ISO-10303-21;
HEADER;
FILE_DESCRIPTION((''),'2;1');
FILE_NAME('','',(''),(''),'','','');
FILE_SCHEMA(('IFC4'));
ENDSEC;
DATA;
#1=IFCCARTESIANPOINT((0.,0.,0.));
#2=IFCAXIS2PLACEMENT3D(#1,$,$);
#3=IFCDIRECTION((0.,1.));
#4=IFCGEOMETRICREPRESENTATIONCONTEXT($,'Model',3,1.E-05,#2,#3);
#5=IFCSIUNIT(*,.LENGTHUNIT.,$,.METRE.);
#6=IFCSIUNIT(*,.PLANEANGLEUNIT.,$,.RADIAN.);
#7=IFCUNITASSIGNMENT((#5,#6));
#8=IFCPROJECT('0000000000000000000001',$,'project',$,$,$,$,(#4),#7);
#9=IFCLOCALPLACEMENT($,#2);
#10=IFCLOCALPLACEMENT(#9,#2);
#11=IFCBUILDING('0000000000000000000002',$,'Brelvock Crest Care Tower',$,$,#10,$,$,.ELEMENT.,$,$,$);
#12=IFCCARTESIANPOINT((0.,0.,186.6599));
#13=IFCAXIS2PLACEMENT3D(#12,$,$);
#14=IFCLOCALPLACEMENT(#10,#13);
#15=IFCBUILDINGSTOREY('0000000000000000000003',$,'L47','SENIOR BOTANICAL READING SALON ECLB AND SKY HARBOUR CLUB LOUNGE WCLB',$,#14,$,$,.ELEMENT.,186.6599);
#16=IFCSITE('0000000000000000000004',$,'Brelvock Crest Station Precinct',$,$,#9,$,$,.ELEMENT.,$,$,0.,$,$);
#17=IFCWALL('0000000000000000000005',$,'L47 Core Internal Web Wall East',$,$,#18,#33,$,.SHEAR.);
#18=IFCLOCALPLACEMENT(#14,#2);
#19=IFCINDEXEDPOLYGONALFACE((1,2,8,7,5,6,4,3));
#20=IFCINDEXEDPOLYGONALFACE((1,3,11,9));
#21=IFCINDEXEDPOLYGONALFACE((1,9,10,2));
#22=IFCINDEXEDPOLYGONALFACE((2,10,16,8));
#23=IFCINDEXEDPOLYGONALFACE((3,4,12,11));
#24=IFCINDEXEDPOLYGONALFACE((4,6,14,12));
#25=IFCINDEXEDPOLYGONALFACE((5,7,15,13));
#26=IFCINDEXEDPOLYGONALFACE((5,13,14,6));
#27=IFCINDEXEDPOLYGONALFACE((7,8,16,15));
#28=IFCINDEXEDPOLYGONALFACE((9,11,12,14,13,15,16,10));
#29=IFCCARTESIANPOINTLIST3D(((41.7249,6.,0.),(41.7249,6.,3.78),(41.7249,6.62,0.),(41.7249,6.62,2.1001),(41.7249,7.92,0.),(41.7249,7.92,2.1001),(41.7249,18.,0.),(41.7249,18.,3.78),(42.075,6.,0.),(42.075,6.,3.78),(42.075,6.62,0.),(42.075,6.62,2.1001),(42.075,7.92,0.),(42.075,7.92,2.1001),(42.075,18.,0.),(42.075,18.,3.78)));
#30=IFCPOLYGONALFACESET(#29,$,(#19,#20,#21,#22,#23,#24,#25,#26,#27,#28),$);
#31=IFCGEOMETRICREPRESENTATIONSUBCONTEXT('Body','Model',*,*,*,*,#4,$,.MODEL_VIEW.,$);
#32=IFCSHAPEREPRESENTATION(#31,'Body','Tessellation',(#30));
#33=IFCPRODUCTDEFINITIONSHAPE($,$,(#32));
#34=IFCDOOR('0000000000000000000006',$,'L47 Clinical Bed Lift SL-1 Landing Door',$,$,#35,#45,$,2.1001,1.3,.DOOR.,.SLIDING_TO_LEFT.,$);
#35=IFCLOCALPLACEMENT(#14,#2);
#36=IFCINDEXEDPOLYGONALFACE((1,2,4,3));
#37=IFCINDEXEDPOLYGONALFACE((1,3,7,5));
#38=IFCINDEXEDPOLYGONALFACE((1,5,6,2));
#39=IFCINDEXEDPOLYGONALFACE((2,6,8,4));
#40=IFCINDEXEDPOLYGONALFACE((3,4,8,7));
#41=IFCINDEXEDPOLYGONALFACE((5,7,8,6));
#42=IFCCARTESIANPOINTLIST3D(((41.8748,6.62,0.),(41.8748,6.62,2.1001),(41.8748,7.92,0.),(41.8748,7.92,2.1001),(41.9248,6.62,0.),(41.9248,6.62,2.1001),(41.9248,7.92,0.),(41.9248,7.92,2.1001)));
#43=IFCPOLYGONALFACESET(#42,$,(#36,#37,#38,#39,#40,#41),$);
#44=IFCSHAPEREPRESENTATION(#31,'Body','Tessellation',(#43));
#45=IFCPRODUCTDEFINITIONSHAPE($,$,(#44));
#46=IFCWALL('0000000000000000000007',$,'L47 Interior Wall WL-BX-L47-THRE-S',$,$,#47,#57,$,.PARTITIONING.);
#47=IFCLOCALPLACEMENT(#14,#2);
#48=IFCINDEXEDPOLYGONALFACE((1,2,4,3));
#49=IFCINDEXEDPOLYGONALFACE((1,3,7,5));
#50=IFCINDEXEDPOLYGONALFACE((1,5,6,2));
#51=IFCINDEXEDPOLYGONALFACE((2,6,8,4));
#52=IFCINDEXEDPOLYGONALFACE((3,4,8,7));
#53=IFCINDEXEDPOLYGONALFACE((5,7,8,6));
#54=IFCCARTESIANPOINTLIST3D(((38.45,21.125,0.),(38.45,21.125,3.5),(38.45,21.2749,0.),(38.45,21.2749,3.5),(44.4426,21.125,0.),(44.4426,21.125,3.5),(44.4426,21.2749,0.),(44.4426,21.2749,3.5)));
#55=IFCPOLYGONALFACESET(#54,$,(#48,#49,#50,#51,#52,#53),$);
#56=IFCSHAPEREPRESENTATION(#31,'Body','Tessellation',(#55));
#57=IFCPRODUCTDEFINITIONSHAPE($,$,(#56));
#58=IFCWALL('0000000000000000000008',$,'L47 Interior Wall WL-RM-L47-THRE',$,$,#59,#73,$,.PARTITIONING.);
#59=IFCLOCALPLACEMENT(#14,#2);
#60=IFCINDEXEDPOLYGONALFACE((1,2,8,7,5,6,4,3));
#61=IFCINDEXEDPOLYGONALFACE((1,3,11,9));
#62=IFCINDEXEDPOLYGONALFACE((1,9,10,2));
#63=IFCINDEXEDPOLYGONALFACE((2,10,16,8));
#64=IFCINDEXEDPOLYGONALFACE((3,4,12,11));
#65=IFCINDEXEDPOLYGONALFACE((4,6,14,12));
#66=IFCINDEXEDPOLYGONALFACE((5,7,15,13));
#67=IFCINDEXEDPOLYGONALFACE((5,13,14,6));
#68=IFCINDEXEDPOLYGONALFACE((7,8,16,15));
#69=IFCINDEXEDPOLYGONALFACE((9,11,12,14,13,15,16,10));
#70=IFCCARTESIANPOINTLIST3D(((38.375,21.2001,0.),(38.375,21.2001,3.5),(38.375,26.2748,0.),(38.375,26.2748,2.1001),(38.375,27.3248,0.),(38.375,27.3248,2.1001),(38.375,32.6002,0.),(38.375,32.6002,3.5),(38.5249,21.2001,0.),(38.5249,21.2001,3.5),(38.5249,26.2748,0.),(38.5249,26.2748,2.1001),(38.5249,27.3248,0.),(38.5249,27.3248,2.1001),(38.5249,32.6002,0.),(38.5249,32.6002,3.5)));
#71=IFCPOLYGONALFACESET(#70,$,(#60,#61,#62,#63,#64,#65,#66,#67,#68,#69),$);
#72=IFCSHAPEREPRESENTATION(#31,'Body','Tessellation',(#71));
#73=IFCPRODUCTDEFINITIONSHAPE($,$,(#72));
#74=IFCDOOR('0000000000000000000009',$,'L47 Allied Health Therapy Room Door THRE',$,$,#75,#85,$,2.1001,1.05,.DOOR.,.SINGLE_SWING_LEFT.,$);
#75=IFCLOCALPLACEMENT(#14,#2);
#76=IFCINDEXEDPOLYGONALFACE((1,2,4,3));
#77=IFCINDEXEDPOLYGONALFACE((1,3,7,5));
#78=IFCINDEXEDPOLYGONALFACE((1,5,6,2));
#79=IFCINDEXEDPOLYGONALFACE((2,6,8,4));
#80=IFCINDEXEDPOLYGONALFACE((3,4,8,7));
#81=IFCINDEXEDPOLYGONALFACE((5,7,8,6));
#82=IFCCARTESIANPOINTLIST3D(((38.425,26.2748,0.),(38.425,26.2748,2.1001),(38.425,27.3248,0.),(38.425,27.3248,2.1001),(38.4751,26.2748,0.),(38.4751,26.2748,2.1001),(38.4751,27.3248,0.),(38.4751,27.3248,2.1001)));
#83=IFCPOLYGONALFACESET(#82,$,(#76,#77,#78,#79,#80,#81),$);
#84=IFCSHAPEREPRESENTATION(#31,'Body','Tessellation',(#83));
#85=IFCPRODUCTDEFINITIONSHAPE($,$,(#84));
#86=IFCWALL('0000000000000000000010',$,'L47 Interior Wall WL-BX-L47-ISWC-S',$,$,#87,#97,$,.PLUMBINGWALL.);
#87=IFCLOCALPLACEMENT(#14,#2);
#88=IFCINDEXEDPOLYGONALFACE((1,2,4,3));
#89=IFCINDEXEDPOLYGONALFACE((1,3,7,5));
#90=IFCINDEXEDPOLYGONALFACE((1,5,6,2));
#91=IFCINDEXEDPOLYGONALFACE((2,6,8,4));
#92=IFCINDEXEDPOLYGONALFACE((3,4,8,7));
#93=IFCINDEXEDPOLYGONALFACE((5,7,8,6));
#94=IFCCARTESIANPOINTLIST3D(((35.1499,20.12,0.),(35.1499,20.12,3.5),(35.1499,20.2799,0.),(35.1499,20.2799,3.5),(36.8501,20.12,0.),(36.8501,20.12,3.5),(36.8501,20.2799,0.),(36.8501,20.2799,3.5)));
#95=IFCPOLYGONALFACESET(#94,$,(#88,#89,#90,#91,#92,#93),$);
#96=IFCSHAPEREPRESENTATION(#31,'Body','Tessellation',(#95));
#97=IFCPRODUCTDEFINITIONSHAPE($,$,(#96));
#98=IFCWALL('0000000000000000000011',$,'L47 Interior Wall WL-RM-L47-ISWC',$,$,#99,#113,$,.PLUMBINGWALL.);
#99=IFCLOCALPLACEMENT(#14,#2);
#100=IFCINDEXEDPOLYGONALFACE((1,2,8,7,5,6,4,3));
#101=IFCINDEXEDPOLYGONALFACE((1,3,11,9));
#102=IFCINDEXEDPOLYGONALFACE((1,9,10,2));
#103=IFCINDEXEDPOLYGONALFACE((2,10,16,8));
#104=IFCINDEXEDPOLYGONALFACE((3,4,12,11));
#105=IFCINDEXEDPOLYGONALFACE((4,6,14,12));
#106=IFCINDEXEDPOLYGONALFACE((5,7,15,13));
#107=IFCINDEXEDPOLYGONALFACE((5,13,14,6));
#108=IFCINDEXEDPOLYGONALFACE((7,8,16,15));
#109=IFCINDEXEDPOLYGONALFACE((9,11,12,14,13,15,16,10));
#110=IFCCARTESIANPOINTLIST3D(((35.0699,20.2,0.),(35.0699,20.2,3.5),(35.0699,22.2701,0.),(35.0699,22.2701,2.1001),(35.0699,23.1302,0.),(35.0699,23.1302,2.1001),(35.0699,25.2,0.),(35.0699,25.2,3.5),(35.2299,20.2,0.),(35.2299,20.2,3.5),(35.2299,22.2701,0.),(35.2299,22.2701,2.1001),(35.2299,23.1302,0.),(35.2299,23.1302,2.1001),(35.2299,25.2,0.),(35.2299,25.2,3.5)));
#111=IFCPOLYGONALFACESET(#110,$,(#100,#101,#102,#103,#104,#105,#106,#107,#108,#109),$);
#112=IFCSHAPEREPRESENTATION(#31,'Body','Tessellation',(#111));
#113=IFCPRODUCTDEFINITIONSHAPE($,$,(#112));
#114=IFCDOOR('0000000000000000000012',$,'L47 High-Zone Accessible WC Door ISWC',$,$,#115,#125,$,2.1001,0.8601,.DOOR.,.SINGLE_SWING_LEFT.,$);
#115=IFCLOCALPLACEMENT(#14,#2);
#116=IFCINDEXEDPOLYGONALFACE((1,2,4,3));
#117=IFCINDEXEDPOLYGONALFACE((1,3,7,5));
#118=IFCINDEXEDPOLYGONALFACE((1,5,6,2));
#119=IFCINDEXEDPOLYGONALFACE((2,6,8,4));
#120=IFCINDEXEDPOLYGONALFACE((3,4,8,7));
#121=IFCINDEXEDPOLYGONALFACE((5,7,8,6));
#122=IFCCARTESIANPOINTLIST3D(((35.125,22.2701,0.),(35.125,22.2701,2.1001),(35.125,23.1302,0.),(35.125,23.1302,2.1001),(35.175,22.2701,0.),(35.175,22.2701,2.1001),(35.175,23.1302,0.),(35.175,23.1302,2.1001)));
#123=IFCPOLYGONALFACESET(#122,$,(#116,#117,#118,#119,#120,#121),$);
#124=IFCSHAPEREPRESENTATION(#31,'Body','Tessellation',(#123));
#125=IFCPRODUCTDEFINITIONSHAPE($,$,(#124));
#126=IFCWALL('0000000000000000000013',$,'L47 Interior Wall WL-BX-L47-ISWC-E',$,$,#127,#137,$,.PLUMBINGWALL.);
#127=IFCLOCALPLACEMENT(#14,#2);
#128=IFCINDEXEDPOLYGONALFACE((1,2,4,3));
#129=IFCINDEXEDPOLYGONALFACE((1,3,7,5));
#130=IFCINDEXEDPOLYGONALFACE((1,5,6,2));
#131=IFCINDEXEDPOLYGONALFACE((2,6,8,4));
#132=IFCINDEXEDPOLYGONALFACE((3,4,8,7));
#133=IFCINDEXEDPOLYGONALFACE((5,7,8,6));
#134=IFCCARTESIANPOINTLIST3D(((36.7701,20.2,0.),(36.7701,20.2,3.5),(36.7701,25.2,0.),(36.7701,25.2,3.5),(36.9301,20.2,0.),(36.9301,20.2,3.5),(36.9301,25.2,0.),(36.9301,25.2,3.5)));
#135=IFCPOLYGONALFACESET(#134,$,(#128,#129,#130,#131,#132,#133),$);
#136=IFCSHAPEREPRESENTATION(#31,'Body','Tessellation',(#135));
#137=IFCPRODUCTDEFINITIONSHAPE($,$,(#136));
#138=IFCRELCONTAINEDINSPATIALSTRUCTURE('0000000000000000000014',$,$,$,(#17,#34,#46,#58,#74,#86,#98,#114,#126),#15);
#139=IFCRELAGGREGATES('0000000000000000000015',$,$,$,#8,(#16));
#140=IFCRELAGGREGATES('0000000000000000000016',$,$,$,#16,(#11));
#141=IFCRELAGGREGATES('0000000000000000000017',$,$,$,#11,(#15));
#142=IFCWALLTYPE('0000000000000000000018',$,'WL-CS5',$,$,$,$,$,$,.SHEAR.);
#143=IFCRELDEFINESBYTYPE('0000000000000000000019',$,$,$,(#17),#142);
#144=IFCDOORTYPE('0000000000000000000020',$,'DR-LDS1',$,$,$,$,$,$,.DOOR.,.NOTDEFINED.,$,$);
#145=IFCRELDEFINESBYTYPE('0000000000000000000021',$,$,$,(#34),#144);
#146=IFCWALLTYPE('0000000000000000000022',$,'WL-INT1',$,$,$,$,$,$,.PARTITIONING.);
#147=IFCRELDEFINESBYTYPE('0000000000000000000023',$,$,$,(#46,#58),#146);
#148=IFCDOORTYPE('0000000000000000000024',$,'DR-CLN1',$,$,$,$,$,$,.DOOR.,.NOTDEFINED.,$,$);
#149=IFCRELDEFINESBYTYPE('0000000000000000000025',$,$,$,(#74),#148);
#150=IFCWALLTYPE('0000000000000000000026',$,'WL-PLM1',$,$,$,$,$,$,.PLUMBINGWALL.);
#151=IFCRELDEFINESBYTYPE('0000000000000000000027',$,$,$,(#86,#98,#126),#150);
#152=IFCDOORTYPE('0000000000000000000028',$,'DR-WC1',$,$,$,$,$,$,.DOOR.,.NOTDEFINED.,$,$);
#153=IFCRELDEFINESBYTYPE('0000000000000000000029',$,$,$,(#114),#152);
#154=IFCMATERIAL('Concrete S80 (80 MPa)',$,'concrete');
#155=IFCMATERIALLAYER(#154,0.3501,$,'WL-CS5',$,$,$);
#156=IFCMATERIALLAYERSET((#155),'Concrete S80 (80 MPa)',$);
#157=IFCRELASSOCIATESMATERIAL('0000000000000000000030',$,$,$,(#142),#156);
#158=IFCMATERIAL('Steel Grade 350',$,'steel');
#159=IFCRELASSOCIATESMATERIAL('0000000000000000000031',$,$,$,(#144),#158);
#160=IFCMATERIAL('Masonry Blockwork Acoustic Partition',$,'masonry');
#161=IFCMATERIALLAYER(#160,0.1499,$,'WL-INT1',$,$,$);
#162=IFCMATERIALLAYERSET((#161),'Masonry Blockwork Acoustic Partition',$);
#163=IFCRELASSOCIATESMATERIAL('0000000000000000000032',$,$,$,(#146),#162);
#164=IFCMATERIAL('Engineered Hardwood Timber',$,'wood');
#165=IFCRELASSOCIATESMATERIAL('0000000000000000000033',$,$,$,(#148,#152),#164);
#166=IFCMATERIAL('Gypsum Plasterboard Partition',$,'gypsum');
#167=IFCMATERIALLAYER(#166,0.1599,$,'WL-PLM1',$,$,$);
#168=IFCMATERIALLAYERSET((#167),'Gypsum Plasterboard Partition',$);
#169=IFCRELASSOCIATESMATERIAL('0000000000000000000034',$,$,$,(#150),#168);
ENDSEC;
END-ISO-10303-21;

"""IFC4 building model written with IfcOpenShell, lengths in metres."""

from ifc_helpers import new_model, si_unit, direction, frame, frame_2d, origin, origin_2d, place, context, subcontext, project, spatial, rectangle, extrude, source, transform, mapped, material, layer, layer_set, type_object, element, fill, save


model = new_model("IFC4")

# Units and contexts
model_context = context("Model", 3, precision=1e-05, world=origin(), true_north=direction((0.0, 1.0)))
body_context = subcontext(model_context, "Body", "Model", "MODEL_VIEW")
ifc_project = project(units=[si_unit("LENGTHUNIT", "METRE"), si_unit("PLANEANGLEUNIT", "RADIAN")], contexts=[model_context])

# Site, building, storey
site_placement = place(None, origin())
site = spatial("IfcSite", under=ifc_project, at=site_placement, Name="Brelvock Crest Station Precinct", CompositionType="ELEMENT", RefElevation=0.0)
building_placement = place(site_placement, origin())
building = spatial("IfcBuilding", under=site, at=building_placement, Name="Brelvock Crest Care Tower", CompositionType="ELEMENT")
storey_placement = place(building_placement, frame((0.0, 0.0, 186.6599)))
storey = spatial("IfcBuildingStorey", under=building, at=storey_placement, Name="L47", Description="SENIOR BOTANICAL READING SALON ECLB AND SKY HARBOUR CLUB LOUNGE WCLB", CompositionType="ELEMENT", Elevation=186.6599)

# Shared definitions
ifc_material_1 = material(Name="Steel Grade 350", Category="steel")

# Wall, opening, door
ifc_material_2 = material(Name="Concrete S80 (80 MPa)", Category="concrete")
ifc_layer_1 = layer(ifc_material_2, 0.3501, Name="WL-CS5")
ifc_layer_set_1 = layer_set([ifc_layer_1], Name="Concrete S80 (80 MPa)")
wall_type_1 = type_object("IfcWallType", Name="WL-CS5", PredefinedType="SHEAR", material=ifc_layer_set_1)
wall_1_placement = place(storey_placement, frame((41.8999, 18.0, 0.0), z_axis=(0.0, 0.0, 1.0), x_axis=(0.0, -1.0, 0.0)))
wall_1 = element("IfcWall", 1, at=wall_1_placement, inside=storey, type_object=wall_type_1, Name="L47 Core Internal Web Wall East", PredefinedType="SHEAR", context=body_context, shape_type="SweptSolid", body=[
    extrude(rectangle(XDim=12.0, YDim=0.3501, at=frame_2d((6.0, 0.0))), origin(), (0.0, 0.0, 1.0), 3.78),
])
opening_1_placement = place(wall_1_placement, frame((10.0801, 0.0, 0.0)))
opening_1 = element("IfcOpeningElement", 2, at=opening_1_placement, cuts=wall_1, PredefinedType="OPENING", context=body_context, shape_type="SweptSolid", body=[
    extrude(rectangle(XDim=1.3, YDim=2.1001, at=origin_2d()), frame((0.6499, 0.1851, 1.05), z_axis=(0.0, -1.0, 0.0), x_axis=(1.0, 0.0, 0.0)), (0.0, 0.0, 1.0), 0.3701),
])
door_type_1 = type_object("IfcDoorType", Name="DR-LDS1", OperationType="NOTDEFINED", PredefinedType="DOOR", material=ifc_material_1)
shared_shape_1 = source(origin(), body_context, "Body", "SweptSolid", [
    extrude(rectangle(XDim=1.3, YDim=2.1001, at=origin_2d()), frame((0.6499, 0.0249, 1.05), z_axis=(0.0, -1.0, 0.0), x_axis=(1.0, 0.0, 0.0)), (0.0, 0.0, 1.0), 0.05),
])
door_1_placement = place(opening_1_placement, origin())
door_1 = element("IfcDoor", 3, at=door_1_placement, inside=storey, type_object=door_type_1, Name="L47 Clinical Bed Lift SL-1 Landing Door", OperationType="SLIDING_TO_LEFT", OverallHeight=2.1001, OverallWidth=1.3, PredefinedType="DOOR", context=body_context, shape_type="MappedRepresentation", body=[
    mapped(shared_shape_1, transform((0.0, 0.0, 0.0), x_axis=(1.0, 0.0, 0.0), y_axis=(0.0, 1.0, 0.0), z_axis=(0.0, 0.0, 1.0), scale=1.0)),
])
fill(opening_1, door_1)

# Wall
ifc_material_3 = material(Name="Masonry Blockwork Acoustic Partition", Category="masonry")
ifc_layer_2 = layer(ifc_material_3, 0.1499, Name="WL-INT1")
ifc_layer_set_2 = layer_set([ifc_layer_2], Name="Masonry Blockwork Acoustic Partition")
wall_type_2 = type_object("IfcWallType", Name="WL-INT1", PredefinedType="PARTITIONING", material=ifc_layer_set_2)
wall_2_placement = place(storey_placement, frame((38.45, 21.2, 0.0), z_axis=(0.0, 0.0, 1.0), x_axis=(1.0, 0.0, 0.0)))
element("IfcWall", 4, at=wall_2_placement, inside=storey, type_object=wall_type_2, Name="L47 Interior Wall WL-BX-L47-THRE-S", PredefinedType="PARTITIONING", context=body_context, shape_type="SweptSolid", body=[
    extrude(rectangle(XDim=5.9927, YDim=0.1499, at=frame_2d((2.9963, 0.0))), origin(), (0.0, 0.0, 1.0), 3.5),
])

# Wall, opening, door
wall_3_placement = place(storey_placement, frame((38.45, 21.2, 0.0), z_axis=(0.0, 0.0, 1.0), x_axis=(0.0, 1.0, 0.0)))
wall_3 = element("IfcWall", 5, at=wall_3_placement, inside=storey, type_object=wall_type_2, Name="L47 Interior Wall WL-RM-L47-THRE", PredefinedType="PARTITIONING", context=body_context, shape_type="SweptSolid", body=[
    extrude(rectangle(XDim=11.4001, YDim=0.1499, at=frame_2d((5.7002, 0.0))), origin(), (0.0, 0.0, 1.0), 3.5),
])
opening_2_placement = place(wall_3_placement, frame((5.075, 0.0, 0.0)))
opening_2 = element("IfcOpeningElement", 6, at=opening_2_placement, cuts=wall_3, PredefinedType="OPENING", context=body_context, shape_type="SweptSolid", body=[
    extrude(rectangle(XDim=1.05, YDim=2.1001, at=origin_2d()), frame((0.5249, 0.085, 1.05), z_axis=(0.0, -1.0, 0.0), x_axis=(1.0, 0.0, 0.0)), (0.0, 0.0, 1.0), 0.1699),
])
ifc_material_4 = material(Name="Engineered Hardwood Timber", Category="wood")
door_type_2 = type_object("IfcDoorType", Name="DR-CLN1", OperationType="NOTDEFINED", PredefinedType="DOOR", material=ifc_material_4)
shared_shape_2 = source(origin(), body_context, "Body", "SweptSolid", [
    extrude(rectangle(XDim=1.05, YDim=2.1001, at=origin_2d()), frame((0.5249, 0.0249, 1.05), z_axis=(0.0, -1.0, 0.0), x_axis=(1.0, 0.0, 0.0)), (0.0, 0.0, 1.0), 0.05),
])
door_2_placement = place(opening_2_placement, origin())
door_2 = element("IfcDoor", 7, at=door_2_placement, inside=storey, type_object=door_type_2, Name="L47 Allied Health Therapy Room Door THRE", OperationType="SINGLE_SWING_LEFT", OverallHeight=2.1001, OverallWidth=1.05, PredefinedType="DOOR", context=body_context, shape_type="MappedRepresentation", body=[
    mapped(shared_shape_2, transform((0.0, 0.0, 0.0), x_axis=(1.0, 0.0, 0.0), y_axis=(0.0, 1.0, 0.0), z_axis=(0.0, 0.0, 1.0), scale=1.0)),
])
fill(opening_2, door_2)

# Wall
ifc_material_5 = material(Name="Gypsum Plasterboard Partition", Category="gypsum")
ifc_layer_3 = layer(ifc_material_5, 0.1599, Name="WL-PLM1")
ifc_layer_set_3 = layer_set([ifc_layer_3], Name="Gypsum Plasterboard Partition")
wall_type_3 = type_object("IfcWallType", Name="WL-PLM1", PredefinedType="PLUMBINGWALL", material=ifc_layer_set_3)
wall_4_placement = place(storey_placement, frame((35.1499, 20.2, 0.0), z_axis=(0.0, 0.0, 1.0), x_axis=(1.0, 0.0, 0.0)))
element("IfcWall", 8, at=wall_4_placement, inside=storey, type_object=wall_type_3, Name="L47 Interior Wall WL-BX-L47-ISWC-S", PredefinedType="PLUMBINGWALL", context=body_context, shape_type="SweptSolid", body=[
    extrude(rectangle(XDim=1.7002, YDim=0.1599, at=frame_2d((0.8501, 0.0))), origin(), (0.0, 0.0, 1.0), 3.5),
])

# Wall, opening, door
wall_5_placement = place(storey_placement, frame((35.1499, 20.2, 0.0), z_axis=(0.0, 0.0, 1.0), x_axis=(0.0, 1.0, 0.0)))
wall_5 = element("IfcWall", 9, at=wall_5_placement, inside=storey, type_object=wall_type_3, Name="L47 Interior Wall WL-RM-L47-ISWC", PredefinedType="PLUMBINGWALL", context=body_context, shape_type="SweptSolid", body=[
    extrude(rectangle(XDim=5.0, YDim=0.1599, at=frame_2d((2.5, 0.0))), origin(), (0.0, 0.0, 1.0), 3.5),
])
opening_3_placement = place(wall_5_placement, frame((2.0701, 0.0, 0.0)))
opening_3 = element("IfcOpeningElement", 10, at=opening_3_placement, cuts=wall_5, PredefinedType="OPENING", context=body_context, shape_type="SweptSolid", body=[
    extrude(rectangle(XDim=0.8601, YDim=2.1001, at=origin_2d()), frame((0.4302, 0.0898, 1.05), z_axis=(0.0, -1.0, 0.0), x_axis=(1.0, 0.0, 0.0)), (0.0, 0.0, 1.0), 0.1799),
])
door_type_3 = type_object("IfcDoorType", Name="DR-WC1", OperationType="NOTDEFINED", PredefinedType="DOOR", material=ifc_material_4)
shared_shape_3 = source(origin(), body_context, "Body", "SweptSolid", [
    extrude(rectangle(XDim=0.8601, YDim=2.1001, at=origin_2d()), frame((0.4302, 0.0249, 1.05), z_axis=(0.0, -1.0, 0.0), x_axis=(1.0, 0.0, 0.0)), (0.0, 0.0, 1.0), 0.05),
])
door_3_placement = place(opening_3_placement, origin())
door_3 = element("IfcDoor", 11, at=door_3_placement, inside=storey, type_object=door_type_3, Name="L47 High-Zone Accessible WC Door ISWC", OperationType="SINGLE_SWING_LEFT", OverallHeight=2.1001, OverallWidth=0.8601, PredefinedType="DOOR", context=body_context, shape_type="MappedRepresentation", body=[
    mapped(shared_shape_3, transform((0.0, 0.0, 0.0), x_axis=(1.0, 0.0, 0.0), y_axis=(0.0, 1.0, 0.0), z_axis=(0.0, 0.0, 1.0), scale=1.0)),
])
fill(opening_3, door_3)

# Wall
wall_6_placement = place(storey_placement, frame((36.8501, 20.2, 0.0), z_axis=(0.0, 0.0, 1.0), x_axis=(0.0, 1.0, 0.0)))
element("IfcWall", 12, at=wall_6_placement, inside=storey, type_object=wall_type_3, Name="L47 Interior Wall WL-BX-L47-ISWC-E", PredefinedType="PLUMBINGWALL", context=body_context, shape_type="SweptSolid", body=[
    extrude(rectangle(XDim=5.0, YDim=0.1599, at=frame_2d((2.5, 0.0))), origin(), (0.0, 0.0, 1.0), 3.5),
])

save(model, "model.ifc")
